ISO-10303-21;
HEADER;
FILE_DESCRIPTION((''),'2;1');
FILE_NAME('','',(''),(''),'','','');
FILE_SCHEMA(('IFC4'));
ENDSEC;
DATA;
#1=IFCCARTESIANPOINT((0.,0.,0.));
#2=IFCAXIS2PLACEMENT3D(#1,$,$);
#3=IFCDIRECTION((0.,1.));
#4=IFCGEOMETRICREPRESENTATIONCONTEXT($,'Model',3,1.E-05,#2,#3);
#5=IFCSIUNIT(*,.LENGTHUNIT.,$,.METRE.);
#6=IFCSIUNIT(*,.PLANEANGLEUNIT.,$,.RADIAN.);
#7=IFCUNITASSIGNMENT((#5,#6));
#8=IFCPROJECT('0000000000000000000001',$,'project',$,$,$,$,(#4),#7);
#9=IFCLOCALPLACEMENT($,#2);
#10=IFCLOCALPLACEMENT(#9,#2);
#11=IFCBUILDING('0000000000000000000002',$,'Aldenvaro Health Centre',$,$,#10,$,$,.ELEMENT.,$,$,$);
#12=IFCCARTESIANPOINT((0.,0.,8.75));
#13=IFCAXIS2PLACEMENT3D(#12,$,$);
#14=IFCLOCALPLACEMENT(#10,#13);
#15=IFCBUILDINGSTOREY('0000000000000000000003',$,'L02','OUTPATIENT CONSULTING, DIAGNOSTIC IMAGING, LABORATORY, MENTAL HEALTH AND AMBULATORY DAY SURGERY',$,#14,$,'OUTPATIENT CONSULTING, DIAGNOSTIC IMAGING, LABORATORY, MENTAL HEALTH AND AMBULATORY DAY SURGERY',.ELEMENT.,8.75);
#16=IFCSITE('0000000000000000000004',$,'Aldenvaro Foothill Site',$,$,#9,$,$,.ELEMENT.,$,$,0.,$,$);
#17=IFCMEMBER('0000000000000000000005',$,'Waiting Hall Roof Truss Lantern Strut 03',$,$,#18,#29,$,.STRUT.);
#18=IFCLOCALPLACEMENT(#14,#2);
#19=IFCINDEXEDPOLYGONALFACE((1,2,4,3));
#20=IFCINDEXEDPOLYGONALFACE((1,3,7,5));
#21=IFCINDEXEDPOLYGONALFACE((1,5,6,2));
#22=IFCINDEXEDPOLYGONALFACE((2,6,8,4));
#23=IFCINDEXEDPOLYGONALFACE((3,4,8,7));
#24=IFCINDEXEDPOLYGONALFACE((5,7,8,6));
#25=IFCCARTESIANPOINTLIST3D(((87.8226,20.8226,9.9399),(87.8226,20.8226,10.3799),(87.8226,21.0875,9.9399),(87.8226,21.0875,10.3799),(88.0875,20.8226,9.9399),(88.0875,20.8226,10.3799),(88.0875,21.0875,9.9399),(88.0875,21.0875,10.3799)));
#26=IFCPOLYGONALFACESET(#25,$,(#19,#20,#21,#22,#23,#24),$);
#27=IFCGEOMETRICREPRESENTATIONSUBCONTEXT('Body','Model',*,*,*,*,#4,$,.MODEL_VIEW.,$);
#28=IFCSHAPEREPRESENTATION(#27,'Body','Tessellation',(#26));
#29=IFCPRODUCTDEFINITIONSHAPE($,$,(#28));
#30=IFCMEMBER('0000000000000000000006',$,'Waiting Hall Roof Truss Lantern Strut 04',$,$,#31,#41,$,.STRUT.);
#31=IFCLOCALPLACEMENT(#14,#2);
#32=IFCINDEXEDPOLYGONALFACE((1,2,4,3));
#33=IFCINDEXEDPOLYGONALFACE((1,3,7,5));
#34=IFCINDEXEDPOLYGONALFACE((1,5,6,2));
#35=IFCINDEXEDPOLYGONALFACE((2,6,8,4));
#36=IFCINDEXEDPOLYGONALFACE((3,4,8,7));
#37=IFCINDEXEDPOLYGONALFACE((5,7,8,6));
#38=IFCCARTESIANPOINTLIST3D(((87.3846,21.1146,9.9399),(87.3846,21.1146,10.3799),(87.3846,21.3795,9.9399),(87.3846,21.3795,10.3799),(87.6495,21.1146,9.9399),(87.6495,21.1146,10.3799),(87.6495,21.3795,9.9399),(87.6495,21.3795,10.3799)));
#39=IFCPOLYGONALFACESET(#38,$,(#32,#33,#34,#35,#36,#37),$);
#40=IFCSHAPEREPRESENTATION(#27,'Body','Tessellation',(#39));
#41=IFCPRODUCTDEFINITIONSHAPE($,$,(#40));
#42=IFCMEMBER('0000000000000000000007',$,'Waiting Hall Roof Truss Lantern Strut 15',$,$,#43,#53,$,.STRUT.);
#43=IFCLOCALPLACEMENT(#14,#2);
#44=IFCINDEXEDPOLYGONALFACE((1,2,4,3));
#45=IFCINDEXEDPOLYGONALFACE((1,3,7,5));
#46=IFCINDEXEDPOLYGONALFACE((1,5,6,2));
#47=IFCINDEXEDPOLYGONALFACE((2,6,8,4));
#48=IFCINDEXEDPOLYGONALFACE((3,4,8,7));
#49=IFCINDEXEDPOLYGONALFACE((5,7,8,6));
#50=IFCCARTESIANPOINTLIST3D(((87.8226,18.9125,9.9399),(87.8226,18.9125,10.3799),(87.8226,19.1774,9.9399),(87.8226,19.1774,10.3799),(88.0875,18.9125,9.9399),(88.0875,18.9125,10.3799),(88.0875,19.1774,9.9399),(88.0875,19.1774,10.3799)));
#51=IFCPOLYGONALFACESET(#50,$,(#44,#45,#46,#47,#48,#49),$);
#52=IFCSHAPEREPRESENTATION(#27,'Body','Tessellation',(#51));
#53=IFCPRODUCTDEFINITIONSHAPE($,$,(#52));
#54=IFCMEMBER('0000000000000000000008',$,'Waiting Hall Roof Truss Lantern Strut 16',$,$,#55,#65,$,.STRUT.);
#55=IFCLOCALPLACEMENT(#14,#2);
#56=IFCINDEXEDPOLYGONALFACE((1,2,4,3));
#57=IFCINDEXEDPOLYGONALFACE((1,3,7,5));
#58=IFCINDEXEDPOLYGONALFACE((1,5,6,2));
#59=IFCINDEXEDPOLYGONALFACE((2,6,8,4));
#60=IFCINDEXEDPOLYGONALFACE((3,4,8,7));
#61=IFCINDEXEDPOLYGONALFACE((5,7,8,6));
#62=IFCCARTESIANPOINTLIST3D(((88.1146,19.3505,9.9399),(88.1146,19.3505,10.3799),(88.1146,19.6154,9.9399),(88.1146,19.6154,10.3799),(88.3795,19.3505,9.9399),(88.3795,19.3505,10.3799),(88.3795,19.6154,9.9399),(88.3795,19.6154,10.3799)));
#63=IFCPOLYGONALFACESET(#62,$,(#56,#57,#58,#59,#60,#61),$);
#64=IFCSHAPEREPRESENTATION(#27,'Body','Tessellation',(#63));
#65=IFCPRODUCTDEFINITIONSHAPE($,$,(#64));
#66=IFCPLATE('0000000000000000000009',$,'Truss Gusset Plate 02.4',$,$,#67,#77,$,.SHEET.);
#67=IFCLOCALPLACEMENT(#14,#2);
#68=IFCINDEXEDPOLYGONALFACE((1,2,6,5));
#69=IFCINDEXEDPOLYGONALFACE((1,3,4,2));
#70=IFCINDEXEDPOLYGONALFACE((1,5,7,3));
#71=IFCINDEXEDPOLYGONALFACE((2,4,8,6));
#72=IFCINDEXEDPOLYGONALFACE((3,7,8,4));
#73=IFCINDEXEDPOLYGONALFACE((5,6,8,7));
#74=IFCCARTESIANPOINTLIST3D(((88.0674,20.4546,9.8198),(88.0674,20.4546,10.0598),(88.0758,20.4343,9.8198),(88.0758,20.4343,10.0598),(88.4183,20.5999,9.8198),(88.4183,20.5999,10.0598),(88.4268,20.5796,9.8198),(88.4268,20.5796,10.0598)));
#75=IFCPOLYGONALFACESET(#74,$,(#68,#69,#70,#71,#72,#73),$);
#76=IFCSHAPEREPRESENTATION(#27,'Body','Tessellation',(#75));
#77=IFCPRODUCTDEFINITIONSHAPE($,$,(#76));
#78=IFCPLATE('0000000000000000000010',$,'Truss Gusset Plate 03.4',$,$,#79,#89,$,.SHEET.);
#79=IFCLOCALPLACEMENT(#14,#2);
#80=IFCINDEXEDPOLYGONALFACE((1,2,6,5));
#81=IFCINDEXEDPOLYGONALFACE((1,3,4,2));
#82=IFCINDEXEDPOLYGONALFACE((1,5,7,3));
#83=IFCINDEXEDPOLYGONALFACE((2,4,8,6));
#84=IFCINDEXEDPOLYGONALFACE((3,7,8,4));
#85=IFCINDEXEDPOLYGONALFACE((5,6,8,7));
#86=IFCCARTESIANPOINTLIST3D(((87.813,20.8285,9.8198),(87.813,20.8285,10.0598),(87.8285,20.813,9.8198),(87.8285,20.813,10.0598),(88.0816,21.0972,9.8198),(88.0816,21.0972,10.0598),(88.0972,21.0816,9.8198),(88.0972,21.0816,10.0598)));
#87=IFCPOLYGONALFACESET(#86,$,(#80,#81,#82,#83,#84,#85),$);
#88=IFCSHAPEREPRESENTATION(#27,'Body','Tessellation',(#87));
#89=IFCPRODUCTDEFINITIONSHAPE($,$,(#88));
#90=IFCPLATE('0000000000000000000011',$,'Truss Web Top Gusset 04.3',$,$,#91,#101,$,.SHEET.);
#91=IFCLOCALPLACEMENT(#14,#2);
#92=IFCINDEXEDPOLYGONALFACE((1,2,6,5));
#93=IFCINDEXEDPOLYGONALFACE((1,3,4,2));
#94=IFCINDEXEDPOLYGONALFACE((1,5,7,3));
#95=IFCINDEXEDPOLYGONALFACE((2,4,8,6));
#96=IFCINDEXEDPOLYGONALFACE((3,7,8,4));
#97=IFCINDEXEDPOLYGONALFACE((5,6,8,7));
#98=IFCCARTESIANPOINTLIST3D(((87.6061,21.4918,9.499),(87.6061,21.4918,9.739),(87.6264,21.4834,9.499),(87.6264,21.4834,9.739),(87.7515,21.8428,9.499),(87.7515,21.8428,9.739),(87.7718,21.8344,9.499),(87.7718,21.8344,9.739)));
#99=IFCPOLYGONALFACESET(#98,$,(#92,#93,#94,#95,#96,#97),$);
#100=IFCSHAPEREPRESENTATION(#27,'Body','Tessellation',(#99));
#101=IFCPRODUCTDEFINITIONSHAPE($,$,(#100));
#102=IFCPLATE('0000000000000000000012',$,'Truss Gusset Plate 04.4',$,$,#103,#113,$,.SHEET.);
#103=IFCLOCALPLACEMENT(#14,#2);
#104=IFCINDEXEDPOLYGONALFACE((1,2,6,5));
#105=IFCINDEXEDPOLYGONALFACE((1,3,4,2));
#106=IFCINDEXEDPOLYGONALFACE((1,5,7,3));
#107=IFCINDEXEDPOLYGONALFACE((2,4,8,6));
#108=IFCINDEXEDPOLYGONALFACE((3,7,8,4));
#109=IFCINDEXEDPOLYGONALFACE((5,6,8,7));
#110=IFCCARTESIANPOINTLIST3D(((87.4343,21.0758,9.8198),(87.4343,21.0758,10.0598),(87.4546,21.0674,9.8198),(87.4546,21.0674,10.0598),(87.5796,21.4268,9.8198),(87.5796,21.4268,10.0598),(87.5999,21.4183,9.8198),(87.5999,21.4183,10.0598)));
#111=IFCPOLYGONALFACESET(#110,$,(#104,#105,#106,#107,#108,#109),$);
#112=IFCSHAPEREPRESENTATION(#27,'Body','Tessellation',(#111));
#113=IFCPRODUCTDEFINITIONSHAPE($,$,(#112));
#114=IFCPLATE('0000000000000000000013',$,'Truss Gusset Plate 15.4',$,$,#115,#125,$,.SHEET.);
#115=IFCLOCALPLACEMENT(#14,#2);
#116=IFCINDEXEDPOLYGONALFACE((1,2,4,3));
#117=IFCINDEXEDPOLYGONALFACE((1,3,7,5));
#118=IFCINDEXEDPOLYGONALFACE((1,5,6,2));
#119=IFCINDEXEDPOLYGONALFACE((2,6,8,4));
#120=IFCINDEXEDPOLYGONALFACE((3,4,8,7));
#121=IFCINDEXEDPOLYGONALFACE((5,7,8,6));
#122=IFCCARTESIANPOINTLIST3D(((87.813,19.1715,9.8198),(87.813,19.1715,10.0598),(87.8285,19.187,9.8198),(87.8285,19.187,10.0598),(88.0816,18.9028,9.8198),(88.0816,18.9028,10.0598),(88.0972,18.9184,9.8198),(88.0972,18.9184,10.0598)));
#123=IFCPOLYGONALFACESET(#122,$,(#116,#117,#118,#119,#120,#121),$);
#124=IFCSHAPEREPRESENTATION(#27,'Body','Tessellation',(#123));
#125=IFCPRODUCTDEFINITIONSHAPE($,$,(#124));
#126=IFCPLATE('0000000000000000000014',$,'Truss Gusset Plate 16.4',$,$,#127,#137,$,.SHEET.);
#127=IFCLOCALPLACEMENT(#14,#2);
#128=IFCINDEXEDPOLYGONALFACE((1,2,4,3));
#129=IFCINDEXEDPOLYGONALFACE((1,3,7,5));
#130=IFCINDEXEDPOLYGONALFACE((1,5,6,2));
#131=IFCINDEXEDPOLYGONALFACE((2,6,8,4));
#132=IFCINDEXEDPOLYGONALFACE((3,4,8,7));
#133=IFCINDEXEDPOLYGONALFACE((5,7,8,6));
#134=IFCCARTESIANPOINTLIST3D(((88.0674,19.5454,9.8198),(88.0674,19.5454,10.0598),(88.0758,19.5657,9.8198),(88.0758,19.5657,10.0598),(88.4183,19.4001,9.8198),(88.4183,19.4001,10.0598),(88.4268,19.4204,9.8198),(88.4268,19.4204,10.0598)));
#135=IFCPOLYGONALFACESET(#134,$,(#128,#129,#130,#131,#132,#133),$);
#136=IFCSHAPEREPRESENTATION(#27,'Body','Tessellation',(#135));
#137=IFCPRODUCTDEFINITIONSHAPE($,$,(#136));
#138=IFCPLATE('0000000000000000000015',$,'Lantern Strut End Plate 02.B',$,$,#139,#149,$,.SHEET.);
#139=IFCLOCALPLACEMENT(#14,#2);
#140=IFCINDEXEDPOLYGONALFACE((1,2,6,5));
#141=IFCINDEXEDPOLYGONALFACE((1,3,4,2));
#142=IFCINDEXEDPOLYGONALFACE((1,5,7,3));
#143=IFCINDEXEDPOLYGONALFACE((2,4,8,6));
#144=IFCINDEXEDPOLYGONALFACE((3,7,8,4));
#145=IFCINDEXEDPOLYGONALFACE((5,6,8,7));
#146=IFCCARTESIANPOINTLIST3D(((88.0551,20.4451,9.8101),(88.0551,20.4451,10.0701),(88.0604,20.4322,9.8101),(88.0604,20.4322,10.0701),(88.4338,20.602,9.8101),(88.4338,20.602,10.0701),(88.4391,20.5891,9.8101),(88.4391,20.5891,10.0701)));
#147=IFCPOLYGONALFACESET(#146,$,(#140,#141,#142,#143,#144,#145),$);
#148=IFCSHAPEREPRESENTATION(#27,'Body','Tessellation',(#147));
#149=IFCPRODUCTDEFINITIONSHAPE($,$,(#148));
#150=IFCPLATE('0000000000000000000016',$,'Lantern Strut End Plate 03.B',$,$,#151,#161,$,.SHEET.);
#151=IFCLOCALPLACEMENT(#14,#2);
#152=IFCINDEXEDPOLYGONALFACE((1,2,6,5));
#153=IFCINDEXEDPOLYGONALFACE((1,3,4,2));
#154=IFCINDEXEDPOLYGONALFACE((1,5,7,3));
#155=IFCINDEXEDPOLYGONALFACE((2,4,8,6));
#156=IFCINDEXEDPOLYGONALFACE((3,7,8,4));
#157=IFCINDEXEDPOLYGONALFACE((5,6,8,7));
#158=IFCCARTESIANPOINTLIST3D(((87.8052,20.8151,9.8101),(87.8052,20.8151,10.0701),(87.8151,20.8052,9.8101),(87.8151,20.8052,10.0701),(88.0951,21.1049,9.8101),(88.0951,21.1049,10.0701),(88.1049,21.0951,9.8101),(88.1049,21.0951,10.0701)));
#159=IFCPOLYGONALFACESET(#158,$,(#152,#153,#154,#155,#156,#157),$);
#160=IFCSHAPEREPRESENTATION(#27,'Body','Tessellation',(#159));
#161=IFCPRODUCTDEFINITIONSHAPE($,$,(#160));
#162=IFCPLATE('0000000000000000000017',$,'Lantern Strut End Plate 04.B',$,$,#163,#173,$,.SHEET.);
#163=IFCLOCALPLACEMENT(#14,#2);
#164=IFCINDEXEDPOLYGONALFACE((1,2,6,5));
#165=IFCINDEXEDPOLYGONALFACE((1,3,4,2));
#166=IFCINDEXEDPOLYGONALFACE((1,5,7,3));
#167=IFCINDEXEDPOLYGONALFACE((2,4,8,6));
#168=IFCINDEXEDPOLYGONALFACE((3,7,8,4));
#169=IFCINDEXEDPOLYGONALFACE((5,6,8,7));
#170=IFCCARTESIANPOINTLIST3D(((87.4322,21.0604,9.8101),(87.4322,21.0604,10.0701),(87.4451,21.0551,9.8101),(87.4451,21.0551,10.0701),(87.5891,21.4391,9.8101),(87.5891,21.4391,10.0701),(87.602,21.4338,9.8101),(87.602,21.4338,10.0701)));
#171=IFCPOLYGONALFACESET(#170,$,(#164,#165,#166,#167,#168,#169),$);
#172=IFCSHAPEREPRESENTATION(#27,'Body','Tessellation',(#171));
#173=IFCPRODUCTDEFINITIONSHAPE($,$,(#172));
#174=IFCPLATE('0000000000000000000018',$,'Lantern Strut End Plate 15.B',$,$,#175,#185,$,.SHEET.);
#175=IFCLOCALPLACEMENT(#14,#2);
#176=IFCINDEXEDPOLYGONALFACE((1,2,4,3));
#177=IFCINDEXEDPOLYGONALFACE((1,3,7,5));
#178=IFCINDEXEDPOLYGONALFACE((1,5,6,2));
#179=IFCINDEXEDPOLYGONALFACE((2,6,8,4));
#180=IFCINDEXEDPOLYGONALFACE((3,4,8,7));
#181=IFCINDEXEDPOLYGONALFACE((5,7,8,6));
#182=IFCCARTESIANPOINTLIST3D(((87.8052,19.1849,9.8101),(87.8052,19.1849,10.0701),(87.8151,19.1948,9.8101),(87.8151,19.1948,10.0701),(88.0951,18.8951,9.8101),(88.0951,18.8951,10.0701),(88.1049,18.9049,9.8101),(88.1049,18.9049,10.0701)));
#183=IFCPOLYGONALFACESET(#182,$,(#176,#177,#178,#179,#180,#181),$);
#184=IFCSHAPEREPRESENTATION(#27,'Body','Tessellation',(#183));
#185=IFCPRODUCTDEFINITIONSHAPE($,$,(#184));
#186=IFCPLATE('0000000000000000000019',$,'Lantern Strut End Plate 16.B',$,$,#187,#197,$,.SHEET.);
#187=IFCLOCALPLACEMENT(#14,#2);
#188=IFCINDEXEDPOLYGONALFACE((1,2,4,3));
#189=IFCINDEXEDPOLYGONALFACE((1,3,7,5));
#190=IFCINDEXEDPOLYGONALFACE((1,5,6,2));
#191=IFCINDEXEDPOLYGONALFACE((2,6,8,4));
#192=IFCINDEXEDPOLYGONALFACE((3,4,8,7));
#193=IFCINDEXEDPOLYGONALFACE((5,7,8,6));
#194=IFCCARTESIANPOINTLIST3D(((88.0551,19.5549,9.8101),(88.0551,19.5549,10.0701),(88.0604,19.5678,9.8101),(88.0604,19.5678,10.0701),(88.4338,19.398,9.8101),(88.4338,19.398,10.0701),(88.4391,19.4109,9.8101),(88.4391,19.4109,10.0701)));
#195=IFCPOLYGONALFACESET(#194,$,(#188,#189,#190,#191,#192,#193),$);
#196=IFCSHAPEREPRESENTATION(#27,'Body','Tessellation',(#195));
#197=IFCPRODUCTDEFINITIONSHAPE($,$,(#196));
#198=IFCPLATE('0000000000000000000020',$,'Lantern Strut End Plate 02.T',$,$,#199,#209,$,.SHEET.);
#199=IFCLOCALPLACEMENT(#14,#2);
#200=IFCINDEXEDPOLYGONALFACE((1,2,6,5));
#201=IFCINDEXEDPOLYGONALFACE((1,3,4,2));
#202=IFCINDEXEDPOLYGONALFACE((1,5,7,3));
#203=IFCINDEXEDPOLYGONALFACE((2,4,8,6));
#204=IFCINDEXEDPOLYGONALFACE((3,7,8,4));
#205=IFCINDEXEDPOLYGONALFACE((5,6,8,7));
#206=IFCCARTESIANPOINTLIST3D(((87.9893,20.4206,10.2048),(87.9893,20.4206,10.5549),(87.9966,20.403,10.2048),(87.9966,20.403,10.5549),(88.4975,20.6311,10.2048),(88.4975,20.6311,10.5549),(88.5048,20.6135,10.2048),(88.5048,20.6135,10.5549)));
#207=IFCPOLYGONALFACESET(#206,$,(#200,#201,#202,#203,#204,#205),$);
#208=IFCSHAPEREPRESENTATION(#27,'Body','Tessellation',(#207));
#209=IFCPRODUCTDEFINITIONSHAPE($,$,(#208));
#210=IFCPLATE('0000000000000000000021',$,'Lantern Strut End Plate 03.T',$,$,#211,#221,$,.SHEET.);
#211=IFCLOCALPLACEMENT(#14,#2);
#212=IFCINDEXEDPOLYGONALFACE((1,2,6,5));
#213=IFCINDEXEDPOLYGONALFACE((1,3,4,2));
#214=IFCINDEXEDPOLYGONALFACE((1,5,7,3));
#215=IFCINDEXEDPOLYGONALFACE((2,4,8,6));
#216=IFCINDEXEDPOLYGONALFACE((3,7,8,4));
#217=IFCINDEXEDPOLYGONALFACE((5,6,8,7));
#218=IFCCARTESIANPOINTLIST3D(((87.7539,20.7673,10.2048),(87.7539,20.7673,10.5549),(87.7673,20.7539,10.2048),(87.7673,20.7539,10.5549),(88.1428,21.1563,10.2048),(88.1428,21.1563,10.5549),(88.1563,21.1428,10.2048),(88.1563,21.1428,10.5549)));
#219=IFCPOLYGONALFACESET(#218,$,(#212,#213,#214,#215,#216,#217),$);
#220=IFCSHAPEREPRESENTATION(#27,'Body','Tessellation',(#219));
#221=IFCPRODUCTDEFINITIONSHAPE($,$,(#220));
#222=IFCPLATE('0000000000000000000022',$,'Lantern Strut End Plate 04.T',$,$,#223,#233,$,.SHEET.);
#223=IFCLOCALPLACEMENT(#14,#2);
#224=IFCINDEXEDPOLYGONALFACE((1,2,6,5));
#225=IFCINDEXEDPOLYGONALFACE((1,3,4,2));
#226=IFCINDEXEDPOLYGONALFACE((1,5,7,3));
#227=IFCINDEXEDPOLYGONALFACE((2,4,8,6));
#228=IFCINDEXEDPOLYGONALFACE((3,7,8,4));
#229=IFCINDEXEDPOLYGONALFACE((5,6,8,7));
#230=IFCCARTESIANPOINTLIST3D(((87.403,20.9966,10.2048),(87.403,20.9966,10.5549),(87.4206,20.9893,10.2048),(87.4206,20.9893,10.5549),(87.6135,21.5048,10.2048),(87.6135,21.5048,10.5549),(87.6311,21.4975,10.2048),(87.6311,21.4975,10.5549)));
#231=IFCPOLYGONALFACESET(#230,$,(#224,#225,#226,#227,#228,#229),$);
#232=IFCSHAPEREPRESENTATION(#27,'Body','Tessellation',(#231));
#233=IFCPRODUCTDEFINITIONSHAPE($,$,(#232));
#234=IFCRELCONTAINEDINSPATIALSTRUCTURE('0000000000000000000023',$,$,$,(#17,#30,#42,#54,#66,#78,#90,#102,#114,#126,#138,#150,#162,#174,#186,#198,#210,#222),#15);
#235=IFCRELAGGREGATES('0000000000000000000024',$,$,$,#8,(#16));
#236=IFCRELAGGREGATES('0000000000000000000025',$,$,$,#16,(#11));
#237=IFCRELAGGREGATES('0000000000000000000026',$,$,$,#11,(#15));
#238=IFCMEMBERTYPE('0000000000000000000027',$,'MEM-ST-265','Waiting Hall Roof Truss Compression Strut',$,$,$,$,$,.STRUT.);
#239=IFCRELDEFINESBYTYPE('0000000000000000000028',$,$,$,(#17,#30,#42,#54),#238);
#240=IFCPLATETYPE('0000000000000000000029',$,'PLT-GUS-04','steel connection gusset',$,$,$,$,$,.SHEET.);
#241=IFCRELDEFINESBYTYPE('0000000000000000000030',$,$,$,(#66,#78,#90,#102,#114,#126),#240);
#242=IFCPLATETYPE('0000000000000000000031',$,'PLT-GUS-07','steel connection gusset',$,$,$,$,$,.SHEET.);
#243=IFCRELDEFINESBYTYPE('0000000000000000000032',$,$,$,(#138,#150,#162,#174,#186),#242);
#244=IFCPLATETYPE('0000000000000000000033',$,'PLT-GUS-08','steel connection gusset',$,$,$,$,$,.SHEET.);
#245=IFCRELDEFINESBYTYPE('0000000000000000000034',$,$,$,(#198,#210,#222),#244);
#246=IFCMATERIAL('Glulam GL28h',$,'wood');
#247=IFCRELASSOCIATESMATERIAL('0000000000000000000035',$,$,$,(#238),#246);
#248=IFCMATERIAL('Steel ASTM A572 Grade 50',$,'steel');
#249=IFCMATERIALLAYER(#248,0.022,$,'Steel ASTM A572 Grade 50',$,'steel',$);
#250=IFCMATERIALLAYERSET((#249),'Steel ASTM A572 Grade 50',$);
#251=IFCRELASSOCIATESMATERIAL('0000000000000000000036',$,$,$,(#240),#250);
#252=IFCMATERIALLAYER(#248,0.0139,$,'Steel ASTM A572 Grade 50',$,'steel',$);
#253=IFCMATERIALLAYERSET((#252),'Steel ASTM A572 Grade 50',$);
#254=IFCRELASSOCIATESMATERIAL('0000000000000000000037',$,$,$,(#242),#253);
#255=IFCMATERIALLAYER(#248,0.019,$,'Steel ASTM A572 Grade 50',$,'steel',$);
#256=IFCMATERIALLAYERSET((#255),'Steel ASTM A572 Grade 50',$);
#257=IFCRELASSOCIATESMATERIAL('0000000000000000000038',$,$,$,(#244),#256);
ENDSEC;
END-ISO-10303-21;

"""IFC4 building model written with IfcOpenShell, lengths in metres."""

from ifc_helpers import new_model, si_unit, direction, frame, origin, origin_2d, place, context, subcontext, project, spatial, rectangle, extrude, material, layer, layer_set, material_profile, profile_set, type_object, element, save


model = new_model("IFC4")

# Units and contexts
model_context = context("Model", 3, precision=1e-05, world=origin(), true_north=direction((0.0, 1.0)))
body_context = subcontext(model_context, "Body", "Model", "MODEL_VIEW")
ifc_project = project(units=[si_unit("LENGTHUNIT", "METRE"), si_unit("PLANEANGLEUNIT", "RADIAN")], contexts=[model_context])

# Site, building, storey
site_placement = place(None, origin())
site = spatial("IfcSite", under=ifc_project, at=site_placement, Name="Aldenvaro Foothill Site", CompositionType="ELEMENT", RefElevation=0.0)
building_placement = place(site_placement, origin())
building = spatial("IfcBuilding", under=site, at=building_placement, Name="Aldenvaro Health Centre", CompositionType="ELEMENT")
storey_placement = place(building_placement, frame((0.0, 0.0, 8.75)))
storey = spatial("IfcBuildingStorey", under=building, at=storey_placement, Name="L02", Description="OUTPATIENT CONSULTING, DIAGNOSTIC IMAGING, LABORATORY, MENTAL HEALTH AND AMBULATORY DAY SURGERY", LongName="OUTPATIENT CONSULTING, DIAGNOSTIC IMAGING, LABORATORY, MENTAL HEALTH AND AMBULATORY DAY SURGERY", CompositionType="ELEMENT", Elevation=8.75)

# Members
ifc_material_1 = material(Name="Glulam GL28h", Category="wood")
ifc_material_profile_1 = material_profile(ifc_material_1, rectangle(XDim=0.2649, YDim=0.2649, at=origin_2d()), Name="GL 265x265", Category="wood")
ifc_profile_set_1 = profile_set([ifc_material_profile_1], Name="Glulam GL28h")
member_type = type_object("IfcMemberType", Name="MEM-ST-265", Description="Waiting Hall Roof Truss Compression Strut", PredefinedType="STRUT", material=ifc_profile_set_1)
for number, where, z_axis, x_axis, name in (
    (1, (87.9551, 20.9551, 9.9399), (0.0, 0.0, 1.0), (1.0, 0.0, 0.0), "Waiting Hall Roof Truss Lantern Strut 03"),
    (2, (87.5171, 21.2471, 9.9399), (0.0, 0.0, 1.0), (1.0, 0.0, 0.0), "Waiting Hall Roof Truss Lantern Strut 04"),
    (3, (87.9551, 19.0449, 9.9399), (0.0, 0.0, 1.0), (1.0, 0.0, 0.0), "Waiting Hall Roof Truss Lantern Strut 15"),
    (4, (88.2471, 19.4829, 9.9399), (0.0, 0.0, 1.0), (1.0, 0.0, 0.0), "Waiting Hall Roof Truss Lantern Strut 16"),
):
    element("IfcMember", number, at=place(storey_placement, frame(where, z_axis=z_axis, x_axis=x_axis)), inside=storey, type_object=member_type, Name=name, PredefinedType="STRUT", context=body_context, shape_type="SweptSolid", body=[
        extrude(rectangle(XDim=0.2649, YDim=0.2649, at=origin_2d()), origin(), (0.0, 0.0, 1.0), 0.4399),
    ])

# Plates
ifc_material_2 = material(Name="Steel ASTM A572 Grade 50", Category="steel")
ifc_layer_1 = layer(ifc_material_2, 0.022, Name="Steel ASTM A572 Grade 50", Category="steel")
ifc_layer_set_1 = layer_set([ifc_layer_1], Name="Steel ASTM A572 Grade 50")
plate_type_1 = type_object("IfcPlateType", Name="PLT-GUS-04", Description="steel connection gusset", PredefinedType="SHEET", material=ifc_layer_set_1)
for number, where, z_axis, x_axis, name in (
    (5, (88.2471, 20.5171, 9.8198), (0.0, 0.0, 1.0), (0.92388, 0.382683, 0.0), "Truss Gusset Plate 02.4"),
    (6, (87.9551, 20.9551, 9.8198), (0.0, 0.0, 1.0), (0.707107, 0.707107, 0.0), "Truss Gusset Plate 03.4"),
    (7, (87.689, 21.6631, 9.499), (0.0, 0.0, 1.0), (0.382683, 0.92388, 0.0), "Truss Web Top Gusset 04.3"),
    (8, (87.5171, 21.2471, 9.8198), (0.0, 0.0, 1.0), (0.382683, 0.92388, 0.0), "Truss Gusset Plate 04.4"),
    (9, (87.9551, 19.0449, 9.8198), (0.0, 0.0, 1.0), (0.707107, -0.707107, 0.0), "Truss Gusset Plate 15.4"),
    (10, (88.2471, 19.4829, 9.8198), (0.0, 0.0, 1.0), (0.92388, -0.382683, 0.0), "Truss Gusset Plate 16.4"),
):
    element("IfcPlate", number, at=place(storey_placement, frame(where, z_axis=z_axis, x_axis=x_axis)), inside=storey, type_object=plate_type_1, Name=name, PredefinedType="SHEET", context=body_context, shape_type="SweptSolid", body=[
        extrude(rectangle(XDim=0.3799, YDim=0.022, at=origin_2d()), origin(), (0.0, 0.0, 1.0), 0.24),
    ])
ifc_layer_2 = layer(ifc_material_2, 0.0139, Name="Steel ASTM A572 Grade 50", Category="steel")
ifc_layer_set_2 = layer_set([ifc_layer_2], Name="Steel ASTM A572 Grade 50")
plate_type_2 = type_object("IfcPlateType", Name="PLT-GUS-07", Description="steel connection gusset", PredefinedType="SHEET", material=ifc_layer_set_2)
for number, where, z_axis, x_axis, name in (
    (11, (88.2471, 20.5171, 9.8101), (0.0, 0.0, 1.0), (0.92388, 0.382683, 0.0), "Lantern Strut End Plate 02.B"),
    (12, (87.9551, 20.9551, 9.8101), (0.0, 0.0, 1.0), (0.707107, 0.707107, 0.0), "Lantern Strut End Plate 03.B"),
    (13, (87.5171, 21.2471, 9.8101), (0.0, 0.0, 1.0), (0.382683, 0.92388, 0.0), "Lantern Strut End Plate 04.B"),
    (14, (87.9551, 19.0449, 9.8101), (0.0, 0.0, 1.0), (0.707107, -0.707107, 0.0), "Lantern Strut End Plate 15.B"),
    (15, (88.2471, 19.4829, 9.8101), (0.0, 0.0, 1.0), (0.92388, -0.382683, 0.0), "Lantern Strut End Plate 16.B"),
):
    element("IfcPlate", number, at=place(storey_placement, frame(where, z_axis=z_axis, x_axis=x_axis)), inside=storey, type_object=plate_type_2, Name=name, PredefinedType="SHEET", context=body_context, shape_type="SweptSolid", body=[
        extrude(rectangle(XDim=0.4099, YDim=0.0139, at=origin_2d()), origin(), (0.0, 0.0, 1.0), 0.26),
    ])
ifc_layer_3 = layer(ifc_material_2, 0.019, Name="Steel ASTM A572 Grade 50", Category="steel")
ifc_layer_set_3 = layer_set([ifc_layer_3], Name="Steel ASTM A572 Grade 50")
plate_type_3 = type_object("IfcPlateType", Name="PLT-GUS-08", Description="steel connection gusset", PredefinedType="SHEET", material=ifc_layer_set_3)
for number, where, z_axis, x_axis, name in (
    (16, (88.2471, 20.5171, 10.2048), (0.0, 0.0, 1.0), (0.92388, 0.382683, 0.0), "Lantern Strut End Plate 02.T"),
    (17, (87.9551, 20.9551, 10.2048), (0.0, 0.0, 1.0), (0.707107, 0.707107, 0.0), "Lantern Strut End Plate 03.T"),
    (18, (87.5171, 21.2471, 10.2048), (0.0, 0.0, 1.0), (0.382683, 0.92388, 0.0), "Lantern Strut End Plate 04.T"),
):
    element("IfcPlate", number, at=place(storey_placement, frame(where, z_axis=z_axis, x_axis=x_axis)), inside=storey, type_object=plate_type_3, Name=name, PredefinedType="SHEET", context=body_context, shape_type="SweptSolid", body=[
        extrude(rectangle(XDim=0.55, YDim=0.019, at=origin_2d()), origin(), (0.0, 0.0, 1.0), 0.3501),
    ])

save(model, "model.ifc")
